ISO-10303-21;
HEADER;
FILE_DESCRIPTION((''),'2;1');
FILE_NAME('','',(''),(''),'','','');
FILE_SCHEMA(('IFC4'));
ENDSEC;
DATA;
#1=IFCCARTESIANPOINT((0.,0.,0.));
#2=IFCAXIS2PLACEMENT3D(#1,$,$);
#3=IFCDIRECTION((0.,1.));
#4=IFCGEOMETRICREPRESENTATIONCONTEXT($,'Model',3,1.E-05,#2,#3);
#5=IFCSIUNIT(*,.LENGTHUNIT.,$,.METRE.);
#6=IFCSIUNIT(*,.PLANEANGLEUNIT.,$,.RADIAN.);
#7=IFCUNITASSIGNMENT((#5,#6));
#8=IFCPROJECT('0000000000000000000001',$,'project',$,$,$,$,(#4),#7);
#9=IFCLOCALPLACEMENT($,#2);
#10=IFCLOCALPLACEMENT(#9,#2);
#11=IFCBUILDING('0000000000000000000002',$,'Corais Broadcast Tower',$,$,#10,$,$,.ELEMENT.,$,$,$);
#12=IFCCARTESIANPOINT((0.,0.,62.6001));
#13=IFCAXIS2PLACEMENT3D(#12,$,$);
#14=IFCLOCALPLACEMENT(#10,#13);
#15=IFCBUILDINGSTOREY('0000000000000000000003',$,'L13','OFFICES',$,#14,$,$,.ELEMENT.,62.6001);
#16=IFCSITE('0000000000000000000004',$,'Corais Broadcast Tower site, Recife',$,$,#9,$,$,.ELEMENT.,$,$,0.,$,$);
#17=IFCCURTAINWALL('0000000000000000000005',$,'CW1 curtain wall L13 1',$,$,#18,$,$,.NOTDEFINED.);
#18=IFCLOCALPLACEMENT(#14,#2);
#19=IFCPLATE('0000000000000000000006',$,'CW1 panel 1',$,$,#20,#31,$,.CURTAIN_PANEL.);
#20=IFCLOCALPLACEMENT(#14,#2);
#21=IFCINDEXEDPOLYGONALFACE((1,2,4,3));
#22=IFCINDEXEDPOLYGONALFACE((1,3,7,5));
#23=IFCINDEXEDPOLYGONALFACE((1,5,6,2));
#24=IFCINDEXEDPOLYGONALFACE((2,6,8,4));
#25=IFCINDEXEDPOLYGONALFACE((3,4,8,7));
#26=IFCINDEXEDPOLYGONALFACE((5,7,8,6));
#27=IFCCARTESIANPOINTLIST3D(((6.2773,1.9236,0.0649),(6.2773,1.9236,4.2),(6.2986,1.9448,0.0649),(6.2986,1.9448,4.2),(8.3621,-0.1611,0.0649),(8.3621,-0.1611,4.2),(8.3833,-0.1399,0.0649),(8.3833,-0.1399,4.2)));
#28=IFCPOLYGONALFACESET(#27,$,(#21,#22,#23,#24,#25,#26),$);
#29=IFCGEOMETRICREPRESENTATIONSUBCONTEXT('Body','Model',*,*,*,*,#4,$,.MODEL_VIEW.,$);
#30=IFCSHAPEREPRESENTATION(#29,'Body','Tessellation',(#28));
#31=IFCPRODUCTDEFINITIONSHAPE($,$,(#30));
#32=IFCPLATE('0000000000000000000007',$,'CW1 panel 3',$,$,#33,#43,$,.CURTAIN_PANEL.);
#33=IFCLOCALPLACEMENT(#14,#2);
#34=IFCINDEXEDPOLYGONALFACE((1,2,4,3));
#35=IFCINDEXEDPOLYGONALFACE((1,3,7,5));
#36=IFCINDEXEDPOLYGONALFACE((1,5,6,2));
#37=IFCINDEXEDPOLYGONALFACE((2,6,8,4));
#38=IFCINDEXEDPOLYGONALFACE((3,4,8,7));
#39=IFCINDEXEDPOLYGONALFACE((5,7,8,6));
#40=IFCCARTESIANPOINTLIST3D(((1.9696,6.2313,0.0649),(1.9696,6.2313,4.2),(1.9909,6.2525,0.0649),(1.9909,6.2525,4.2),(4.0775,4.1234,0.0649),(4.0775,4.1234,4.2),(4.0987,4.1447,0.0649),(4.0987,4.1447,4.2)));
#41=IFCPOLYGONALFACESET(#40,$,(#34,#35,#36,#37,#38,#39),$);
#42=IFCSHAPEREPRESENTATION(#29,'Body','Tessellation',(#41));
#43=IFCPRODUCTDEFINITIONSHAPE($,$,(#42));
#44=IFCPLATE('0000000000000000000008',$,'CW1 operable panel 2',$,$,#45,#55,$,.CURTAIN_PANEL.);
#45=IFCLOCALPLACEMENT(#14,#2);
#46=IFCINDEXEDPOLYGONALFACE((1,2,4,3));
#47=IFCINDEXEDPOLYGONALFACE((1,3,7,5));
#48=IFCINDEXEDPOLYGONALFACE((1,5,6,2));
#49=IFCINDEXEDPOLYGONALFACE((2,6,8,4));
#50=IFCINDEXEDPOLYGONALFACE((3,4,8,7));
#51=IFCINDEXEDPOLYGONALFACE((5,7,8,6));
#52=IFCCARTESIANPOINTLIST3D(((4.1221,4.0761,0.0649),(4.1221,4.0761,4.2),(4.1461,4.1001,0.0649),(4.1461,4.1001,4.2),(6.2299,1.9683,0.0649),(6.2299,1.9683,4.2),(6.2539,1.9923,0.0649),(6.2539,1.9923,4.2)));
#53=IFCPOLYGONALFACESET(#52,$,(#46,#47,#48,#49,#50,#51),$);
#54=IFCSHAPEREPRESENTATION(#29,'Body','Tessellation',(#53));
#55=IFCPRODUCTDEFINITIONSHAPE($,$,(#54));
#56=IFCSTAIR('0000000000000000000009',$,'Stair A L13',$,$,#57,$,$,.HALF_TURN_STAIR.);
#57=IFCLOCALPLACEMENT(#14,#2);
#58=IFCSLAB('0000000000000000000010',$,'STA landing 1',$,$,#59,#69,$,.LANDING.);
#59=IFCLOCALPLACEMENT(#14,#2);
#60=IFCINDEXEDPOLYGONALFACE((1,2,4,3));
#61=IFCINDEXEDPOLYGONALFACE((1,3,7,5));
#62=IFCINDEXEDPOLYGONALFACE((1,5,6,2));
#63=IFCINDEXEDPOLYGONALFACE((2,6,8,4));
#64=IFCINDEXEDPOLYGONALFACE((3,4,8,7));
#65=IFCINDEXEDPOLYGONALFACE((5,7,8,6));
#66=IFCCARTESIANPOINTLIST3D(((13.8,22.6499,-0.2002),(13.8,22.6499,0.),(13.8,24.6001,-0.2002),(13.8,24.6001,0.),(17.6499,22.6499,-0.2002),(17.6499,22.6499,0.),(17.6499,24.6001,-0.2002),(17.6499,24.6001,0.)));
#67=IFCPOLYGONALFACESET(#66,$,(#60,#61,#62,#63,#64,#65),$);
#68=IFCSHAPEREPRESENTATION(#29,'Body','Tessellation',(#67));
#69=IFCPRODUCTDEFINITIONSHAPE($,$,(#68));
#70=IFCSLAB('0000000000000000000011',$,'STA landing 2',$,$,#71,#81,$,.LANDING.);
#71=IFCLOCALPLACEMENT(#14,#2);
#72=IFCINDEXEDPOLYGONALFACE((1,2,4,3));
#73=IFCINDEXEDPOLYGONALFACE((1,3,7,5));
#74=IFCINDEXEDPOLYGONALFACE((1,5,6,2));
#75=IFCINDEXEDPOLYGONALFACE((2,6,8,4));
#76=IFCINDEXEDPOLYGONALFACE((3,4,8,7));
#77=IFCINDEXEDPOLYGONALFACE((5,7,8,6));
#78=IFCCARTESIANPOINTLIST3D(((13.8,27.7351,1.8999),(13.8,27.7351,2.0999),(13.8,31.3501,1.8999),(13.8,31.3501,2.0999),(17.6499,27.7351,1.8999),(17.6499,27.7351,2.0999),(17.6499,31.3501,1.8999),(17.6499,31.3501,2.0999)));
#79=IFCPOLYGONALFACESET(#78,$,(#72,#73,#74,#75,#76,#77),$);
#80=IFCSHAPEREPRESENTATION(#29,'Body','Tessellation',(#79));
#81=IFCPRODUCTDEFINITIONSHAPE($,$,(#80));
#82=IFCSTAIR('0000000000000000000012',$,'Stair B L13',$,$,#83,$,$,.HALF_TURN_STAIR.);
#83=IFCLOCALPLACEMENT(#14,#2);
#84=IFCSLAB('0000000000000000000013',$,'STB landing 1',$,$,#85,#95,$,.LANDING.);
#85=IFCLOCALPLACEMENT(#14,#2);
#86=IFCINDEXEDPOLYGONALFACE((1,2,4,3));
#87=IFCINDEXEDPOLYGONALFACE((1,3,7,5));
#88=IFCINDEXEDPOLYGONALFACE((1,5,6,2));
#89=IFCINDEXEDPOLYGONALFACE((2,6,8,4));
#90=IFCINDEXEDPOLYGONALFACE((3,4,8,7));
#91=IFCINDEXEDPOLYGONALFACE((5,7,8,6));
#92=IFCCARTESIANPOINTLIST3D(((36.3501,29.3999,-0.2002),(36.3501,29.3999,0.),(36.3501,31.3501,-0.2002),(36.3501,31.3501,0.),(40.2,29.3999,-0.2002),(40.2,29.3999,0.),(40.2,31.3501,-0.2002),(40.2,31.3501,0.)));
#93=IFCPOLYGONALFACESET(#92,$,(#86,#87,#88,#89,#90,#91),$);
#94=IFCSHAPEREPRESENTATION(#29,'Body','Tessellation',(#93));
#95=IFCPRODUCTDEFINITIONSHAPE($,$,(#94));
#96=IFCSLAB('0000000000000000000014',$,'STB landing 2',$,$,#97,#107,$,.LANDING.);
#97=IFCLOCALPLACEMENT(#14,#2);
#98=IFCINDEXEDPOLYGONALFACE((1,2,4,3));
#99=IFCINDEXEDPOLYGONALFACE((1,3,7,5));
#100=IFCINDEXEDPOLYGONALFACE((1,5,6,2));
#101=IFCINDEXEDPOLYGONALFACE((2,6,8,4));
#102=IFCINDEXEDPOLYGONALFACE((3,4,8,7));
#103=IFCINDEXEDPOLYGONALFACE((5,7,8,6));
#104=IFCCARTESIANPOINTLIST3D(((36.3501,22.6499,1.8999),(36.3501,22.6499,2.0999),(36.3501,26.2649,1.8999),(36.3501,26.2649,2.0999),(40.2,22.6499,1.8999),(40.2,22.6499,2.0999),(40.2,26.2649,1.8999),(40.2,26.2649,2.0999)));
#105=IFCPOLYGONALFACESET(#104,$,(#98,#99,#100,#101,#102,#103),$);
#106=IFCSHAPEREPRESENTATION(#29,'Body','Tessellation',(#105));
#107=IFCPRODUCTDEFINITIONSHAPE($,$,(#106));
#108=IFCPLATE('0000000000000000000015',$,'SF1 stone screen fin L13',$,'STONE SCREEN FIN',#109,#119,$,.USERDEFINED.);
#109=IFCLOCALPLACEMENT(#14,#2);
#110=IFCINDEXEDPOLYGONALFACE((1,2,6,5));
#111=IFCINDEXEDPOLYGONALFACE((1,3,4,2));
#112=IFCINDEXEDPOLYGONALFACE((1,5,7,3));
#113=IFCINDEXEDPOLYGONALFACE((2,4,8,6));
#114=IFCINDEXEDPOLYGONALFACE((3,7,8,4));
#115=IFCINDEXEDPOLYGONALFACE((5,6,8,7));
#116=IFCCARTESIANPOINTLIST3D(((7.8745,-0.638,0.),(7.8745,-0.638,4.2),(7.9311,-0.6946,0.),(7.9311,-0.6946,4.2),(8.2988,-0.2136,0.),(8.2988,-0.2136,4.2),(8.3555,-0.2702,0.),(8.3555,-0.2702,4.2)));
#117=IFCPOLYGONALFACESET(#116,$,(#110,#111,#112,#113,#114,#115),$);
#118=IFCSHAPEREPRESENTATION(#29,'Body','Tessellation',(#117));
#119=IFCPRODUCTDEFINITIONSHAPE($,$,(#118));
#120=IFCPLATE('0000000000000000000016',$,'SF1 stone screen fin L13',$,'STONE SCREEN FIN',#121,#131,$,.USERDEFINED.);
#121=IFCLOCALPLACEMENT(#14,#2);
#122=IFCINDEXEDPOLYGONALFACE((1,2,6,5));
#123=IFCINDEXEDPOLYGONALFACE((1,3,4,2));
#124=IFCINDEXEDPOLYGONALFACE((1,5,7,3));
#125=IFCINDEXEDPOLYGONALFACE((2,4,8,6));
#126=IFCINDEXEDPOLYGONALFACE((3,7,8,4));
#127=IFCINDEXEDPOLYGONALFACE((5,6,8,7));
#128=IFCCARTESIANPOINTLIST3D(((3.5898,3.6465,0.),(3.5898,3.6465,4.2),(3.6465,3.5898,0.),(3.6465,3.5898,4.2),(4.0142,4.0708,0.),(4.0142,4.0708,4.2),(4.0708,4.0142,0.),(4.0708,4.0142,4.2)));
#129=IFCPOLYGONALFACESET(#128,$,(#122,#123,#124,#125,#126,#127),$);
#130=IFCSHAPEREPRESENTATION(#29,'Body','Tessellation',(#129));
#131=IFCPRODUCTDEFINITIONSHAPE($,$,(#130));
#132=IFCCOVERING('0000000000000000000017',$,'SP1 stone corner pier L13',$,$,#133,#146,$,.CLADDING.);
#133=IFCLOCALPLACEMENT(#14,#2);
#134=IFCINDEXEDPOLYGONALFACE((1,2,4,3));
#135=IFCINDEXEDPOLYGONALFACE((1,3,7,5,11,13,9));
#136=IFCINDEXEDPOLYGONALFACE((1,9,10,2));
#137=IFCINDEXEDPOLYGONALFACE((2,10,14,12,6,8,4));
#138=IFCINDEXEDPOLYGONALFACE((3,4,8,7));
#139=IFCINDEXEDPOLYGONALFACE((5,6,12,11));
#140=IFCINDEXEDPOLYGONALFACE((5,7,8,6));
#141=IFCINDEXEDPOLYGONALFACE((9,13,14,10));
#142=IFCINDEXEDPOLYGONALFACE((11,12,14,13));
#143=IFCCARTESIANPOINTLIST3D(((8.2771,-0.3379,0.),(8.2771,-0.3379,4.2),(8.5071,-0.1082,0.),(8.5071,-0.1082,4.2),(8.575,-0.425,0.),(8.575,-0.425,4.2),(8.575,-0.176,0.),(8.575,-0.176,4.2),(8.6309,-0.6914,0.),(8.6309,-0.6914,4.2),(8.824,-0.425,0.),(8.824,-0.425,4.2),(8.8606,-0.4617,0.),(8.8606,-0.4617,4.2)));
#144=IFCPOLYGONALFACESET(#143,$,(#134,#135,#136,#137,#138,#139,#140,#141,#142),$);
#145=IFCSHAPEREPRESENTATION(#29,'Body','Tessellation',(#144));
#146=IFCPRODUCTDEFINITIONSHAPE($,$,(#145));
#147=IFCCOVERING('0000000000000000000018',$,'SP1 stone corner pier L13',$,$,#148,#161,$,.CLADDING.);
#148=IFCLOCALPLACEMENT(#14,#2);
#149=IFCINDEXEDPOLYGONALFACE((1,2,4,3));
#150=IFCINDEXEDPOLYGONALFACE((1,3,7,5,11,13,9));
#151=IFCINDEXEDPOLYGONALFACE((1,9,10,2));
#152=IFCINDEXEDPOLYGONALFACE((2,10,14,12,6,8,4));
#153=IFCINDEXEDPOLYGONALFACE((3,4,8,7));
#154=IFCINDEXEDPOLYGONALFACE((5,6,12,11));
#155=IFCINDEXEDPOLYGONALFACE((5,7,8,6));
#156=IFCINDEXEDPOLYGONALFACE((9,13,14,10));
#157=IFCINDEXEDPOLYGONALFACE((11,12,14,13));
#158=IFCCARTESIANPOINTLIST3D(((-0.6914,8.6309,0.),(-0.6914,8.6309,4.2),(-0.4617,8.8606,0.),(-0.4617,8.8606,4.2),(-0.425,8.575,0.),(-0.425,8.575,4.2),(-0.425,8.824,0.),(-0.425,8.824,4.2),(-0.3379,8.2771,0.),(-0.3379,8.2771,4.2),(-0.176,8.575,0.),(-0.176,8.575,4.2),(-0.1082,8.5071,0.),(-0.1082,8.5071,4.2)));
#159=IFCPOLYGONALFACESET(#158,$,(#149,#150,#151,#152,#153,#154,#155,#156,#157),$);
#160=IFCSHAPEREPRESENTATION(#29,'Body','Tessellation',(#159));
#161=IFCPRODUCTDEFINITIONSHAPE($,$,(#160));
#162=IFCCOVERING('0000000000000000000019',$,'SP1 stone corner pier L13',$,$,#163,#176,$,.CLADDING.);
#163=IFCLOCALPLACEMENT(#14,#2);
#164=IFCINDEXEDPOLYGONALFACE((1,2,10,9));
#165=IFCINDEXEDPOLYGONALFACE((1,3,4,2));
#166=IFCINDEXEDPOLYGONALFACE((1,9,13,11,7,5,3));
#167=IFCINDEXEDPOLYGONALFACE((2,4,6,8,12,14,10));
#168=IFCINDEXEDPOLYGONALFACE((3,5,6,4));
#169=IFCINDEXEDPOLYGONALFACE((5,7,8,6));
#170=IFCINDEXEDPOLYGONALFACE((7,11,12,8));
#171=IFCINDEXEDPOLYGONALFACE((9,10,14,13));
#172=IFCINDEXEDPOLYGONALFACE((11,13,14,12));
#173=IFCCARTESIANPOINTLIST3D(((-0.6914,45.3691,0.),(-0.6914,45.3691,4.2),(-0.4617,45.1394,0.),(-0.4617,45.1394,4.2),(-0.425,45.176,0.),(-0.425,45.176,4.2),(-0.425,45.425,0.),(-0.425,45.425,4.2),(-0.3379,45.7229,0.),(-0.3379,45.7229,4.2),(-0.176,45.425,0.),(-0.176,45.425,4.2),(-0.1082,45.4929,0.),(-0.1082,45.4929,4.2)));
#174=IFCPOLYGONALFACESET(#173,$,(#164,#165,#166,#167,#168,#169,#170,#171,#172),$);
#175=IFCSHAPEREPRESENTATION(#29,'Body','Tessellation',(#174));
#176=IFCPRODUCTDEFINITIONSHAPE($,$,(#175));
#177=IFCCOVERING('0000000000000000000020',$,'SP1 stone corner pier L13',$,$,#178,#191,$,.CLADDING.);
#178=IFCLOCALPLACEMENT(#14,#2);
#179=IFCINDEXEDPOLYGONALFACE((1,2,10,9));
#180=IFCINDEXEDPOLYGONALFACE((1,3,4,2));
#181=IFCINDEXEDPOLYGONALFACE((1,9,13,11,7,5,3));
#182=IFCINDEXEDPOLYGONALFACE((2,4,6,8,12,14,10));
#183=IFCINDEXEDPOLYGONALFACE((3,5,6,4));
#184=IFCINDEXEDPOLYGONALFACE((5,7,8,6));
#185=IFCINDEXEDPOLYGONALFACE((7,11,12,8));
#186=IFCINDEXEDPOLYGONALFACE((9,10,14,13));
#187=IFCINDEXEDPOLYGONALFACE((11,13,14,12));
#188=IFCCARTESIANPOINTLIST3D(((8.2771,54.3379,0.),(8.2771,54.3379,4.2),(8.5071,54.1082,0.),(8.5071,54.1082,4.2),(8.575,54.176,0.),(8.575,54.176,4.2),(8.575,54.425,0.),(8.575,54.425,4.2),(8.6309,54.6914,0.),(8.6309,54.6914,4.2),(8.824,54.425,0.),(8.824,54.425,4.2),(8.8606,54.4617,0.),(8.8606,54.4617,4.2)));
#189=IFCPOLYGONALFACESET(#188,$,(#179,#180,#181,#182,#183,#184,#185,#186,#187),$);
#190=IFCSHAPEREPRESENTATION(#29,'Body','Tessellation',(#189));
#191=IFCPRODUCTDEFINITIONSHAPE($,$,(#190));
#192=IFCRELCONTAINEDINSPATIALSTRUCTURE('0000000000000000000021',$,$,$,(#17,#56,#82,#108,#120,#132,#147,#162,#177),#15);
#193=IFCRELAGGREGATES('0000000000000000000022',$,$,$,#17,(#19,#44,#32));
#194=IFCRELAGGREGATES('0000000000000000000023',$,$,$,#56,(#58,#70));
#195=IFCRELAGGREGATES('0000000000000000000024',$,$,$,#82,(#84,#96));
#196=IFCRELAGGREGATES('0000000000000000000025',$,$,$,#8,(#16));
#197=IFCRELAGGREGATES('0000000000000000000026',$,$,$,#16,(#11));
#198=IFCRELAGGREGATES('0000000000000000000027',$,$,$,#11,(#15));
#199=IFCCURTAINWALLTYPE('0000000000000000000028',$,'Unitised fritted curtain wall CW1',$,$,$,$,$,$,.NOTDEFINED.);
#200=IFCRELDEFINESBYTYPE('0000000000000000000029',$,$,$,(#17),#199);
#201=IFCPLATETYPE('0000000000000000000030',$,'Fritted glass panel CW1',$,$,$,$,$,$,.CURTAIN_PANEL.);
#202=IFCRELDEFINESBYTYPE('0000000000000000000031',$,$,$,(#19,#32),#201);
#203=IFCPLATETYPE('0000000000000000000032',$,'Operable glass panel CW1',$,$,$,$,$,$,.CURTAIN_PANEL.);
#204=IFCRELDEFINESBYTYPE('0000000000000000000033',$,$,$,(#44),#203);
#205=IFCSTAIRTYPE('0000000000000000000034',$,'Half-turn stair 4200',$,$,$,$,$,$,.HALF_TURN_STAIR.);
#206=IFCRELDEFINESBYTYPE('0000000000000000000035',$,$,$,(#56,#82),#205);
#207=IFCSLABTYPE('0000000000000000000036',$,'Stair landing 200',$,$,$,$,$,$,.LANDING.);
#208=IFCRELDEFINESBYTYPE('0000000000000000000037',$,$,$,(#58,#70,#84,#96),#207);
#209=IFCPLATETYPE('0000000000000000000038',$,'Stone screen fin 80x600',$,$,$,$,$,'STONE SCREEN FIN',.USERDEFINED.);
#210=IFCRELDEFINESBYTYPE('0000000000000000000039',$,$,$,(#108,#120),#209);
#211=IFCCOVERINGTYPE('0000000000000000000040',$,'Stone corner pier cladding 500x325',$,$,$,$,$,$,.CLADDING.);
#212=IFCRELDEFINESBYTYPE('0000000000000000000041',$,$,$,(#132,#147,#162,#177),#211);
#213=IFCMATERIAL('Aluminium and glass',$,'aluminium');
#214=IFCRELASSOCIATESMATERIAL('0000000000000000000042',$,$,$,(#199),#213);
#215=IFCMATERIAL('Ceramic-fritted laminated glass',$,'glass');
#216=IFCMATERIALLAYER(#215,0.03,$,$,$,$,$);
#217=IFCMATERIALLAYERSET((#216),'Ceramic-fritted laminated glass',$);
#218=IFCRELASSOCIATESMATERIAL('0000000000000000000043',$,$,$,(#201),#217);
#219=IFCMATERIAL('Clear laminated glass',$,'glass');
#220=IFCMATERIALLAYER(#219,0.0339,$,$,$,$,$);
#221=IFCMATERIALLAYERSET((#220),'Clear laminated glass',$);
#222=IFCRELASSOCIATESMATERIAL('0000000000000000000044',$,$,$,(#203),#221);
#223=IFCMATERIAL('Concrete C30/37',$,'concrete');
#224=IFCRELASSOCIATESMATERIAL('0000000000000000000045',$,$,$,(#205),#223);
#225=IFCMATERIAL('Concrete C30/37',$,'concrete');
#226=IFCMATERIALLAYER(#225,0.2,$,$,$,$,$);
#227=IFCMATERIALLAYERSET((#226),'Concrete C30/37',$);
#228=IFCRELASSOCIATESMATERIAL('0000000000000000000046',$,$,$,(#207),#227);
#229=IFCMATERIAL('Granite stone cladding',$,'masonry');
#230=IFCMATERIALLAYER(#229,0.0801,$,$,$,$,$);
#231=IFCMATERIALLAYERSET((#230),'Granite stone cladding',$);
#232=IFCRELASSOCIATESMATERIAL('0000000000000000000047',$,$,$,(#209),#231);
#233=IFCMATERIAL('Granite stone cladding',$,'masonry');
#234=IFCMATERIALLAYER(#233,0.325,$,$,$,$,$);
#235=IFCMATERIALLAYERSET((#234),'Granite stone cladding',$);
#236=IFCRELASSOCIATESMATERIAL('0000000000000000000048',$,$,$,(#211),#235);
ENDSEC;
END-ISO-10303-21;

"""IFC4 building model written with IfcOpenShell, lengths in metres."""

from ifc_helpers import new_model, si_unit, direction, frame, origin, origin_2d, place, context, subcontext, project, spatial, polyline, rectangle, outline, extrude, material, layer, layer_set, type_object, element, aggregate, save


model = new_model("IFC4")

# Units and contexts
model_context = context("Model", 3, precision=1e-05, world=origin(), true_north=direction((0.0, 1.0)))
body_context = subcontext(model_context, "Body", "Model", "MODEL_VIEW")
ifc_project = project(units=[si_unit("LENGTHUNIT", "METRE"), si_unit("PLANEANGLEUNIT", "RADIAN")], contexts=[model_context])

# Site, building, storey
site_placement = place(None, origin())
site = spatial("IfcSite", under=ifc_project, at=site_placement, Name="Corais Broadcast Tower site, Recife", CompositionType="ELEMENT", RefElevation=0.0)
building_placement = place(site_placement, origin())
building = spatial("IfcBuilding", under=site, at=building_placement, Name="Corais Broadcast Tower", CompositionType="ELEMENT")
storey_placement = place(building_placement, frame((0.0, 0.0, 62.6001)))
storey = spatial("IfcBuildingStorey", under=building, at=storey_placement, Name="L13", Description="OFFICES", CompositionType="ELEMENT", Elevation=62.6001)

# Curtain wall
ifc_material_1 = material(Name="Aluminium and glass", Category="aluminium")
curtain_wall_type = type_object("IfcCurtainWallType", Name="Unitised fritted curtain wall CW1", PredefinedType="NOTDEFINED", material=ifc_material_1)
curtain_wall_placement = place(storey_placement, origin())
curtain_wall = element("IfcCurtainWall", 1, at=curtain_wall_placement, inside=storey, type_object=curtain_wall_type, Name="CW1 curtain wall L13 1", PredefinedType="NOTDEFINED")

# Plates
ifc_material_2 = material(Name="Ceramic-fritted laminated glass", Category="glass")
ifc_layer_1 = layer(ifc_material_2, 0.03)
ifc_layer_set_1 = layer_set([ifc_layer_1], Name="Ceramic-fritted laminated glass")
plate_type_1 = type_object("IfcPlateType", Name="Fritted glass panel CW1", PredefinedType="CURTAIN_PANEL", material=ifc_layer_set_1)
plate_1_placement = place(storey_placement, frame((7.3303, 0.8918, 0.0649), z_axis=(0.0, 0.0, 1.0), x_axis=(-0.707107, 0.707107, 0.0)))
plate_1 = element("IfcPlate", 2, at=plate_1_placement, type_object=plate_type_1, Name="CW1 panel 1", PredefinedType="CURTAIN_PANEL", context=body_context, shape_type="SweptSolid", body=[
    extrude(rectangle(XDim=2.9482, YDim=0.03, at=origin_2d()), origin(), (0.0, 0.0, 1.0), 4.135),
])
plate_2_placement = place(storey_placement, frame((3.0342, 5.188, 0.0649), z_axis=(0.0, 0.0, 1.0), x_axis=(-0.707107, 0.707107, 0.0)))
plate_2 = element("IfcPlate", 3, at=plate_2_placement, type_object=plate_type_1, Name="CW1 panel 3", PredefinedType="CURTAIN_PANEL", context=body_context, shape_type="SweptSolid", body=[
    extrude(rectangle(XDim=2.981, YDim=0.03, at=origin_2d()), origin(), (0.0, 0.0, 1.0), 4.135),
])
ifc_material_3 = material(Name="Clear laminated glass", Category="glass")
ifc_layer_2 = layer(ifc_material_3, 0.0339)
ifc_layer_set_2 = layer_set([ifc_layer_2], Name="Clear laminated glass")
plate_type_2 = type_object("IfcPlateType", Name="Operable glass panel CW1", PredefinedType="CURTAIN_PANEL", material=ifc_layer_set_2)
plate_3_placement = place(storey_placement, frame((5.188, 3.0342, 0.0649), z_axis=(0.0, 0.0, 1.0), x_axis=(-0.707107, 0.707107, 0.0)))
plate_3 = element("IfcPlate", 4, at=plate_3_placement, type_object=plate_type_2, Name="CW1 operable panel 2", PredefinedType="CURTAIN_PANEL", context=body_context, shape_type="SweptSolid", body=[
    extrude(rectangle(XDim=2.981, YDim=0.0339, at=origin_2d()), origin(), (0.0, 0.0, 1.0), 4.135),
])
aggregate(curtain_wall, [plate_1, plate_3, plate_2])

# Stairs, slabs
ifc_material_4 = material(Name="Concrete C30/37", Category="concrete")
stair_type = type_object("IfcStairType", Name="Half-turn stair 4200", PredefinedType="HALF_TURN_STAIR", material=ifc_material_4)
stair_1_placement = place(storey_placement, origin())
stair_1 = element("IfcStair", 5, at=stair_1_placement, inside=storey, type_object=stair_type, Name="Stair A L13", PredefinedType="HALF_TURN_STAIR")
ifc_material_5 = material(Name="Concrete C30/37", Category="concrete")
ifc_layer_3 = layer(ifc_material_5, 0.2)
ifc_layer_set_3 = layer_set([ifc_layer_3], Name="Concrete C30/37")
slab_type_1 = type_object("IfcSlabType", Name="Stair landing 200", PredefinedType="LANDING", material=ifc_layer_set_3)
slab_1_placement = place(storey_placement, frame((0.0, 0.0, -0.2002)))
slab_1 = element("IfcSlab", 6, at=slab_1_placement, type_object=slab_type_1, Name="STA landing 1", PredefinedType="LANDING", context=body_context, shape_type="SweptSolid", body=[
    extrude(outline(polyline([(13.8, 22.6499), (17.6499, 22.6499), (17.6499, 24.6001), (13.8, 24.6001), (13.8, 22.6499)])), origin(), (0.0, 0.0, 1.0), 0.2002),
])
slab_2_placement = place(storey_placement, frame((0.0, 0.0, 1.8999)))
slab_2 = element("IfcSlab", 7, at=slab_2_placement, type_object=slab_type_1, Name="STA landing 2", PredefinedType="LANDING", context=body_context, shape_type="SweptSolid", body=[
    extrude(outline(polyline([(13.8, 27.7351), (17.6499, 27.7351), (17.6499, 31.3501), (13.8, 31.3501), (13.8, 27.7351)])), origin(), (0.0, 0.0, 1.0), 0.2),
])
aggregate(stair_1, [slab_1, slab_2])
stair_2_placement = place(storey_placement, origin())
stair_2 = element("IfcStair", 8, at=stair_2_placement, inside=storey, type_object=stair_type, Name="Stair B L13", PredefinedType="HALF_TURN_STAIR")
slab_3_placement = place(storey_placement, frame((0.0, 0.0, -0.2002)))
slab_3 = element("IfcSlab", 9, at=slab_3_placement, type_object=slab_type_1, Name="STB landing 1", PredefinedType="LANDING", context=body_context, shape_type="SweptSolid", body=[
    extrude(outline(polyline([(36.3501, 29.3999), (40.2, 29.3999), (40.2, 31.3501), (36.3501, 31.3501), (36.3501, 29.3999)])), origin(), (0.0, 0.0, 1.0), 0.2002),
])
slab_4_placement = place(storey_placement, frame((0.0, 0.0, 1.8999)))
slab_4 = element("IfcSlab", 10, at=slab_4_placement, type_object=slab_type_1, Name="STB landing 2", PredefinedType="LANDING", context=body_context, shape_type="SweptSolid", body=[
    extrude(outline(polyline([(36.3501, 22.6499), (40.2, 22.6499), (40.2, 26.2649), (36.3501, 26.2649), (36.3501, 22.6499)])), origin(), (0.0, 0.0, 1.0), 0.2),
])
aggregate(stair_2, [slab_3, slab_4])

# Plates
ifc_material_6 = material(Name="Granite stone cladding", Category="masonry")
ifc_layer_4 = layer(ifc_material_6, 0.0801)
ifc_layer_set_4 = layer_set([ifc_layer_4], Name="Granite stone cladding")
plate_type_3 = type_object("IfcPlateType", Name="Stone screen fin 80x600", ElementType="STONE SCREEN FIN", PredefinedType="USERDEFINED", material=ifc_layer_set_4)
for number, where, z_axis, x_axis, name in (
    (11, (8.115, -0.4541, 0.0), (0.0, 0.0, 1.0), (-0.707107, 0.707107, 0.0), "SF1 stone screen fin L13"),
    (12, (3.8303, 3.8303, 0.0), (0.0, 0.0, 1.0), (-0.707107, 0.707107, 0.0), "SF1 stone screen fin L13"),
):
    element("IfcPlate", number, at=place(storey_placement, frame(where, z_axis=z_axis, x_axis=x_axis)), inside=storey, type_object=plate_type_3, Name=name, ObjectType="STONE SCREEN FIN", PredefinedType="USERDEFINED", context=body_context, shape_type="SweptSolid", body=[
        extrude(rectangle(XDim=0.0801, YDim=0.6001, at=origin_2d()), origin(), (0.0, 0.0, 1.0), 4.2),
    ])

# Coverings
ifc_material_7 = material(Name="Granite stone cladding", Category="masonry")
ifc_layer_5 = layer(ifc_material_7, 0.325)
ifc_layer_set_5 = layer_set([ifc_layer_5], Name="Granite stone cladding")
covering_type_1 = type_object("IfcCoveringType", Name="Stone corner pier cladding 500x325", PredefinedType="CLADDING", material=ifc_layer_set_5)
covering_1_placement = place(storey_placement, origin())
element("IfcCovering", 13, at=covering_1_placement, inside=storey, type_object=covering_type_1, Name="SP1 stone corner pier L13", PredefinedType="CLADDING", context=body_context, shape_type="SweptSolid", body=[
    extrude(outline(polyline([(8.8606, -0.4617), (8.824, -0.425), (8.575, -0.425), (8.575, -0.176), (8.5071, -0.1082), (8.2771, -0.3379), (8.6309, -0.6914), (8.8606, -0.4617)])), origin(), (0.0, 0.0, 1.0), 4.2),
])
covering_2_placement = place(storey_placement, origin())
element("IfcCovering", 14, at=covering_2_placement, inside=storey, type_object=covering_type_1, Name="SP1 stone corner pier L13", PredefinedType="CLADDING", context=body_context, shape_type="SweptSolid", body=[
    extrude(outline(polyline([(-0.425, 8.824), (-0.4617, 8.8606), (-0.6914, 8.6309), (-0.3379, 8.2771), (-0.1082, 8.5071), (-0.176, 8.575), (-0.425, 8.575), (-0.425, 8.824)])), origin(), (0.0, 0.0, 1.0), 4.2),
])
covering_3_placement = place(storey_placement, origin())
element("IfcCovering", 15, at=covering_3_placement, inside=storey, type_object=covering_type_1, Name="SP1 stone corner pier L13", PredefinedType="CLADDING", context=body_context, shape_type="SweptSolid", body=[
    extrude(outline(polyline([(-0.4617, 45.1394), (-0.425, 45.176), (-0.425, 45.425), (-0.176, 45.425), (-0.1082, 45.4929), (-0.3379, 45.7229), (-0.6914, 45.3691), (-0.4617, 45.1394)])), origin(), (0.0, 0.0, 1.0), 4.2),
])
covering_4_placement = place(storey_placement, origin())
element("IfcCovering", 16, at=covering_4_placement, inside=storey, type_object=covering_type_1, Name="SP1 stone corner pier L13", PredefinedType="CLADDING", context=body_context, shape_type="SweptSolid", body=[
    extrude(outline(polyline([(8.824, 54.425), (8.8606, 54.4617), (8.6309, 54.6914), (8.2771, 54.3379), (8.5071, 54.1082), (8.575, 54.176), (8.575, 54.425), (8.824, 54.425)])), origin(), (0.0, 0.0, 1.0), 4.2),
])

save(model, "model.ifc")
